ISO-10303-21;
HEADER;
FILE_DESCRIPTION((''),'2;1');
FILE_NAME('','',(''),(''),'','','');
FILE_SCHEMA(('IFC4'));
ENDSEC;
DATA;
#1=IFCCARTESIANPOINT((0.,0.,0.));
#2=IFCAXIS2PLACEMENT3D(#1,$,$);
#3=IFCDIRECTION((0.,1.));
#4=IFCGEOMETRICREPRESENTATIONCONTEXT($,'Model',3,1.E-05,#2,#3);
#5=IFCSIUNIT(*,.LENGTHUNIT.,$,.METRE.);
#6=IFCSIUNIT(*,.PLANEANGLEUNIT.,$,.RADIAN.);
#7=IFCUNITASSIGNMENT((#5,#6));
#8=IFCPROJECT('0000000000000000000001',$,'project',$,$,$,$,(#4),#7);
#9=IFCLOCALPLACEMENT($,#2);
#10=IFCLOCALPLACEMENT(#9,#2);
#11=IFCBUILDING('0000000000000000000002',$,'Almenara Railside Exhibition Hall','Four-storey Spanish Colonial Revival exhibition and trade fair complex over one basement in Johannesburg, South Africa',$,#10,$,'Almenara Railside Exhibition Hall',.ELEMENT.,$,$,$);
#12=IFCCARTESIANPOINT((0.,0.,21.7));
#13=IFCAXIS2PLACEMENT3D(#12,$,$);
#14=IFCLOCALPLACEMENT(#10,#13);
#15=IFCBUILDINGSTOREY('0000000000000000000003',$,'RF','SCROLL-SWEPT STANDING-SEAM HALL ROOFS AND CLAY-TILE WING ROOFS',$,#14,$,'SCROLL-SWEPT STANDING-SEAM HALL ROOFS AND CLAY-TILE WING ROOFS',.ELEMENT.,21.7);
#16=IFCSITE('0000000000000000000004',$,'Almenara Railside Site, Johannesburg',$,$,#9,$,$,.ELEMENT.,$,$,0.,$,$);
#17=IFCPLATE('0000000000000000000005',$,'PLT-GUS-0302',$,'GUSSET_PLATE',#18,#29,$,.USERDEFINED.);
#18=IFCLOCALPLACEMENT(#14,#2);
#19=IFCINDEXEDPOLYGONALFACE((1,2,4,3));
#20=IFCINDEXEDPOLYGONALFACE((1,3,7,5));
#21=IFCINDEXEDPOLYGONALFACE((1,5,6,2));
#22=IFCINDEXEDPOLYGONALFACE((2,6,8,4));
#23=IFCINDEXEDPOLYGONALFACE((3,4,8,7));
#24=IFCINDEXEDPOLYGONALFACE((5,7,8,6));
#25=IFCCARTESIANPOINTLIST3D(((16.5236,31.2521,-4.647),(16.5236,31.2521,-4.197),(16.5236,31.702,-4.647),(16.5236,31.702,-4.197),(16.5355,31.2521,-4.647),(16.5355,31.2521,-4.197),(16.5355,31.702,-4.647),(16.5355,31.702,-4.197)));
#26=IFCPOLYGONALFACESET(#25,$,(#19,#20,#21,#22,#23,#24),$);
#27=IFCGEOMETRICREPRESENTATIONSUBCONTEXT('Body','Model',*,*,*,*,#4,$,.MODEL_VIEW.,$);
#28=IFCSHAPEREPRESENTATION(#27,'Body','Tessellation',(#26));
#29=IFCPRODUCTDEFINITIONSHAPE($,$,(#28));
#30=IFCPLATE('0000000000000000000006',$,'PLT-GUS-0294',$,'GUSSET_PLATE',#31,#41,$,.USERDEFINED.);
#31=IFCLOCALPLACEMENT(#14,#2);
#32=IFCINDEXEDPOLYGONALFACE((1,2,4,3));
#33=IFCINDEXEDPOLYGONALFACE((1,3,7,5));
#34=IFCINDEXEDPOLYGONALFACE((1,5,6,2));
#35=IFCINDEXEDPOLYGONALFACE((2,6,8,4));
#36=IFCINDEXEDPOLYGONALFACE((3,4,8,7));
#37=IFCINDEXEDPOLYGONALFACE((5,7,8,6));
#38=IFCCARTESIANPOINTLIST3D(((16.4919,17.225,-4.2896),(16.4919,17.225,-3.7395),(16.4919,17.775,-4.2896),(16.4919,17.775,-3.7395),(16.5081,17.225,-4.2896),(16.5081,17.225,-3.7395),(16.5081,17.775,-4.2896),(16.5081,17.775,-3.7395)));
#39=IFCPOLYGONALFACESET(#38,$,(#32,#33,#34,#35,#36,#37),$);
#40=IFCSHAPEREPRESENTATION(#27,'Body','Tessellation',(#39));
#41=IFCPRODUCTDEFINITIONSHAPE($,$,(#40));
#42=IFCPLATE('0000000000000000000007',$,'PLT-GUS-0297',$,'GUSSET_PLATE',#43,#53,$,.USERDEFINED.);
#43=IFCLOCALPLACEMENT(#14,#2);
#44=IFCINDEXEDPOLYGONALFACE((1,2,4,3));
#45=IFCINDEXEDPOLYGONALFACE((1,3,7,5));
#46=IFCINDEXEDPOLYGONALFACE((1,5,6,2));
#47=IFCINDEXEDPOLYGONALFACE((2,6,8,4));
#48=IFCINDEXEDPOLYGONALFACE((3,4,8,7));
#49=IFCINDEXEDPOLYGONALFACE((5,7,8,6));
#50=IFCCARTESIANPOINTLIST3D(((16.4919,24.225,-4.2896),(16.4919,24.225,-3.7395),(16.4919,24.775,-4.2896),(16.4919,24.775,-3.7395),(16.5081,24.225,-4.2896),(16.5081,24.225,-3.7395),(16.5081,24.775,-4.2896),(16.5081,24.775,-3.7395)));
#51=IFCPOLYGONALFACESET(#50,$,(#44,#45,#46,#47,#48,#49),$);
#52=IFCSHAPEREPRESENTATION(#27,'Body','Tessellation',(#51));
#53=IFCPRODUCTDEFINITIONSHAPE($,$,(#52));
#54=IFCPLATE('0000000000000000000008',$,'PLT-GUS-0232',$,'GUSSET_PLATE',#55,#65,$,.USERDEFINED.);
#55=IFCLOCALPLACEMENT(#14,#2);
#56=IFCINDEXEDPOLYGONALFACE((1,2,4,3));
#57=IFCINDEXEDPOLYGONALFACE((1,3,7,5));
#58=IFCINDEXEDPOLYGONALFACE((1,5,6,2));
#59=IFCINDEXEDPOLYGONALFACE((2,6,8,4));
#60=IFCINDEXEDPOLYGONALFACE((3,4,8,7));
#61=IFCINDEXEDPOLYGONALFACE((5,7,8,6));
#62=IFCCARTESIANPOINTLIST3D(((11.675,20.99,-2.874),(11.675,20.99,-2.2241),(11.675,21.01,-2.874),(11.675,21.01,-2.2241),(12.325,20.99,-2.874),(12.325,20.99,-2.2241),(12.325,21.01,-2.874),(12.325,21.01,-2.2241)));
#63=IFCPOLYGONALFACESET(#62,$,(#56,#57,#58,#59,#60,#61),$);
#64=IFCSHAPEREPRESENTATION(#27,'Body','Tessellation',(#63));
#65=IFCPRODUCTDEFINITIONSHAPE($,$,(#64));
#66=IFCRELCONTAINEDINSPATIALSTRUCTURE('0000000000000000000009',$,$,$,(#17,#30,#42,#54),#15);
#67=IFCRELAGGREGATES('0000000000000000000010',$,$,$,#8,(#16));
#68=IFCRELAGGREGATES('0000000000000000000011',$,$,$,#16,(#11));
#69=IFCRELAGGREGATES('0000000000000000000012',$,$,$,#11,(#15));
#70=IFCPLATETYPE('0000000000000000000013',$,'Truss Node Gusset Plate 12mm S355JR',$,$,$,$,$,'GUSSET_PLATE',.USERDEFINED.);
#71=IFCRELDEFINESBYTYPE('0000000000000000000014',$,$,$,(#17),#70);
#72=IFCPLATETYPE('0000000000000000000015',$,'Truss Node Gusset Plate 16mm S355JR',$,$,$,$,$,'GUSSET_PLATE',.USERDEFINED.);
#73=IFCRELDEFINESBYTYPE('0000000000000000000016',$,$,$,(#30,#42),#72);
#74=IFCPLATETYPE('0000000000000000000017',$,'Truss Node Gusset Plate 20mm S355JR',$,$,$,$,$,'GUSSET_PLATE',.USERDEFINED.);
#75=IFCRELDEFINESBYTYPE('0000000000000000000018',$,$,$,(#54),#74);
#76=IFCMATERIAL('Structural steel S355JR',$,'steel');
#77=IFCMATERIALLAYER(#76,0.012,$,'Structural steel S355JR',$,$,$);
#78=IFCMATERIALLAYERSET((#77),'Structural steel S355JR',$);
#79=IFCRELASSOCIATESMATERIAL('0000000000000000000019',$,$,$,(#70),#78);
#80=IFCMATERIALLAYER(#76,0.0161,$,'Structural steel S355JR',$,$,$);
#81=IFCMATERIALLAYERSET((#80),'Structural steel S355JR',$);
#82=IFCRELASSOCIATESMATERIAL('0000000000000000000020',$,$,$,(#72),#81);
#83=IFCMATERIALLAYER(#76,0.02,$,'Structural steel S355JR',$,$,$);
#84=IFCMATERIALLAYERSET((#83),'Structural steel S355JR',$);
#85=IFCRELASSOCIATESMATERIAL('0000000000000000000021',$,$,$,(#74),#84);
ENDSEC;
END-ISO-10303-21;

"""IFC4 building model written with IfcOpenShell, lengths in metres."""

from ifc_helpers import new_model, si_unit, direction, frame, origin, origin_2d, place, context, subcontext, project, spatial, rectangle, extrude, material, layer, layer_set, type_object, element, save


model = new_model("IFC4")

# Units and contexts
model_context = context("Model", 3, precision=1e-05, world=origin(), true_north=direction((0.0, 1.0)))
body_context = subcontext(model_context, "Body", "Model", "MODEL_VIEW")
ifc_project = project(units=[si_unit("LENGTHUNIT", "METRE"), si_unit("PLANEANGLEUNIT", "RADIAN")], contexts=[model_context])

# Site, building, storey
site_placement = place(None, origin())
site = spatial("IfcSite", under=ifc_project, at=site_placement, Name="Almenara Railside Site, Johannesburg", CompositionType="ELEMENT", RefElevation=0.0)
building_placement = place(site_placement, origin())
building = spatial("IfcBuilding", under=site, at=building_placement, Name="Almenara Railside Exhibition Hall", Description="Four-storey Spanish Colonial Revival exhibition and trade fair complex over one basement in Johannesburg, South Africa", LongName="Almenara Railside Exhibition Hall", CompositionType="ELEMENT")
storey_placement = place(building_placement, frame((0.0, 0.0, 21.7)))
storey = spatial("IfcBuildingStorey", under=building, at=storey_placement, Name="RF", Description="SCROLL-SWEPT STANDING-SEAM HALL ROOFS AND CLAY-TILE WING ROOFS", LongName="SCROLL-SWEPT STANDING-SEAM HALL ROOFS AND CLAY-TILE WING ROOFS", CompositionType="ELEMENT", Elevation=21.7)

# Shared definitions
ifc_material_1 = material(Name="Structural steel S355JR", Category="steel")

# Plates
ifc_layer_1 = layer(ifc_material_1, 0.012, Name="Structural steel S355JR")
ifc_layer_set_1 = layer_set([ifc_layer_1], Name="Structural steel S355JR")
plate_type_1 = type_object("IfcPlateType", Name="Truss Node Gusset Plate 12mm S355JR", ElementType="GUSSET_PLATE", PredefinedType="USERDEFINED", material=ifc_layer_set_1)
for number, where, z_axis, x_axis, name in (
    (1, (16.5295, 31.4771, -4.647), (0.0, 0.0, 1.0), (0.0, 1.0, 0.0), "PLT-GUS-0302"),
):
    element("IfcPlate", number, at=place(storey_placement, frame(where, z_axis=z_axis, x_axis=x_axis)), inside=storey, type_object=plate_type_1, Name=name, ObjectType="GUSSET_PLATE", PredefinedType="USERDEFINED", context=body_context, shape_type="SweptSolid", body=[
        extrude(rectangle(XDim=0.45, YDim=0.012, at=origin_2d()), origin(), (0.0, 0.0, 1.0), 0.45),
    ])
ifc_layer_2 = layer(ifc_material_1, 0.0161, Name="Structural steel S355JR")
ifc_layer_set_2 = layer_set([ifc_layer_2], Name="Structural steel S355JR")
plate_type_2 = type_object("IfcPlateType", Name="Truss Node Gusset Plate 16mm S355JR", ElementType="GUSSET_PLATE", PredefinedType="USERDEFINED", material=ifc_layer_set_2)
for number, where, z_axis, x_axis, name in (
    (2, (16.5, 17.5, -4.2896), (0.0, 0.0, 1.0), (0.0, 1.0, 0.0), "PLT-GUS-0294"),
    (3, (16.5, 24.5, -4.2896), (0.0, 0.0, 1.0), (0.0, 1.0, 0.0), "PLT-GUS-0297"),
):
    element("IfcPlate", number, at=place(storey_placement, frame(where, z_axis=z_axis, x_axis=x_axis)), inside=storey, type_object=plate_type_2, Name=name, ObjectType="GUSSET_PLATE", PredefinedType="USERDEFINED", context=body_context, shape_type="SweptSolid", body=[
        extrude(rectangle(XDim=0.55, YDim=0.0161, at=origin_2d()), origin(), (0.0, 0.0, 1.0), 0.55),
    ])
ifc_layer_3 = layer(ifc_material_1, 0.02, Name="Structural steel S355JR")
ifc_layer_set_3 = layer_set([ifc_layer_3], Name="Structural steel S355JR")
plate_type_3 = type_object("IfcPlateType", Name="Truss Node Gusset Plate 20mm S355JR", ElementType="GUSSET_PLATE", PredefinedType="USERDEFINED", material=ifc_layer_set_3)
plate_placement = place(storey_placement, frame((12.0, 21.0, -2.874), z_axis=(0.0, 0.0, 1.0), x_axis=(1.0, 0.0, 0.0)))
element("IfcPlate", 4, at=plate_placement, inside=storey, type_object=plate_type_3, Name="PLT-GUS-0232", ObjectType="GUSSET_PLATE", PredefinedType="USERDEFINED", context=body_context, shape_type="SweptSolid", body=[
    extrude(rectangle(XDim=0.6499, YDim=0.02, at=origin_2d()), origin(), (0.0, 0.0, 1.0), 0.6499),
])

save(model, "model.ifc")
